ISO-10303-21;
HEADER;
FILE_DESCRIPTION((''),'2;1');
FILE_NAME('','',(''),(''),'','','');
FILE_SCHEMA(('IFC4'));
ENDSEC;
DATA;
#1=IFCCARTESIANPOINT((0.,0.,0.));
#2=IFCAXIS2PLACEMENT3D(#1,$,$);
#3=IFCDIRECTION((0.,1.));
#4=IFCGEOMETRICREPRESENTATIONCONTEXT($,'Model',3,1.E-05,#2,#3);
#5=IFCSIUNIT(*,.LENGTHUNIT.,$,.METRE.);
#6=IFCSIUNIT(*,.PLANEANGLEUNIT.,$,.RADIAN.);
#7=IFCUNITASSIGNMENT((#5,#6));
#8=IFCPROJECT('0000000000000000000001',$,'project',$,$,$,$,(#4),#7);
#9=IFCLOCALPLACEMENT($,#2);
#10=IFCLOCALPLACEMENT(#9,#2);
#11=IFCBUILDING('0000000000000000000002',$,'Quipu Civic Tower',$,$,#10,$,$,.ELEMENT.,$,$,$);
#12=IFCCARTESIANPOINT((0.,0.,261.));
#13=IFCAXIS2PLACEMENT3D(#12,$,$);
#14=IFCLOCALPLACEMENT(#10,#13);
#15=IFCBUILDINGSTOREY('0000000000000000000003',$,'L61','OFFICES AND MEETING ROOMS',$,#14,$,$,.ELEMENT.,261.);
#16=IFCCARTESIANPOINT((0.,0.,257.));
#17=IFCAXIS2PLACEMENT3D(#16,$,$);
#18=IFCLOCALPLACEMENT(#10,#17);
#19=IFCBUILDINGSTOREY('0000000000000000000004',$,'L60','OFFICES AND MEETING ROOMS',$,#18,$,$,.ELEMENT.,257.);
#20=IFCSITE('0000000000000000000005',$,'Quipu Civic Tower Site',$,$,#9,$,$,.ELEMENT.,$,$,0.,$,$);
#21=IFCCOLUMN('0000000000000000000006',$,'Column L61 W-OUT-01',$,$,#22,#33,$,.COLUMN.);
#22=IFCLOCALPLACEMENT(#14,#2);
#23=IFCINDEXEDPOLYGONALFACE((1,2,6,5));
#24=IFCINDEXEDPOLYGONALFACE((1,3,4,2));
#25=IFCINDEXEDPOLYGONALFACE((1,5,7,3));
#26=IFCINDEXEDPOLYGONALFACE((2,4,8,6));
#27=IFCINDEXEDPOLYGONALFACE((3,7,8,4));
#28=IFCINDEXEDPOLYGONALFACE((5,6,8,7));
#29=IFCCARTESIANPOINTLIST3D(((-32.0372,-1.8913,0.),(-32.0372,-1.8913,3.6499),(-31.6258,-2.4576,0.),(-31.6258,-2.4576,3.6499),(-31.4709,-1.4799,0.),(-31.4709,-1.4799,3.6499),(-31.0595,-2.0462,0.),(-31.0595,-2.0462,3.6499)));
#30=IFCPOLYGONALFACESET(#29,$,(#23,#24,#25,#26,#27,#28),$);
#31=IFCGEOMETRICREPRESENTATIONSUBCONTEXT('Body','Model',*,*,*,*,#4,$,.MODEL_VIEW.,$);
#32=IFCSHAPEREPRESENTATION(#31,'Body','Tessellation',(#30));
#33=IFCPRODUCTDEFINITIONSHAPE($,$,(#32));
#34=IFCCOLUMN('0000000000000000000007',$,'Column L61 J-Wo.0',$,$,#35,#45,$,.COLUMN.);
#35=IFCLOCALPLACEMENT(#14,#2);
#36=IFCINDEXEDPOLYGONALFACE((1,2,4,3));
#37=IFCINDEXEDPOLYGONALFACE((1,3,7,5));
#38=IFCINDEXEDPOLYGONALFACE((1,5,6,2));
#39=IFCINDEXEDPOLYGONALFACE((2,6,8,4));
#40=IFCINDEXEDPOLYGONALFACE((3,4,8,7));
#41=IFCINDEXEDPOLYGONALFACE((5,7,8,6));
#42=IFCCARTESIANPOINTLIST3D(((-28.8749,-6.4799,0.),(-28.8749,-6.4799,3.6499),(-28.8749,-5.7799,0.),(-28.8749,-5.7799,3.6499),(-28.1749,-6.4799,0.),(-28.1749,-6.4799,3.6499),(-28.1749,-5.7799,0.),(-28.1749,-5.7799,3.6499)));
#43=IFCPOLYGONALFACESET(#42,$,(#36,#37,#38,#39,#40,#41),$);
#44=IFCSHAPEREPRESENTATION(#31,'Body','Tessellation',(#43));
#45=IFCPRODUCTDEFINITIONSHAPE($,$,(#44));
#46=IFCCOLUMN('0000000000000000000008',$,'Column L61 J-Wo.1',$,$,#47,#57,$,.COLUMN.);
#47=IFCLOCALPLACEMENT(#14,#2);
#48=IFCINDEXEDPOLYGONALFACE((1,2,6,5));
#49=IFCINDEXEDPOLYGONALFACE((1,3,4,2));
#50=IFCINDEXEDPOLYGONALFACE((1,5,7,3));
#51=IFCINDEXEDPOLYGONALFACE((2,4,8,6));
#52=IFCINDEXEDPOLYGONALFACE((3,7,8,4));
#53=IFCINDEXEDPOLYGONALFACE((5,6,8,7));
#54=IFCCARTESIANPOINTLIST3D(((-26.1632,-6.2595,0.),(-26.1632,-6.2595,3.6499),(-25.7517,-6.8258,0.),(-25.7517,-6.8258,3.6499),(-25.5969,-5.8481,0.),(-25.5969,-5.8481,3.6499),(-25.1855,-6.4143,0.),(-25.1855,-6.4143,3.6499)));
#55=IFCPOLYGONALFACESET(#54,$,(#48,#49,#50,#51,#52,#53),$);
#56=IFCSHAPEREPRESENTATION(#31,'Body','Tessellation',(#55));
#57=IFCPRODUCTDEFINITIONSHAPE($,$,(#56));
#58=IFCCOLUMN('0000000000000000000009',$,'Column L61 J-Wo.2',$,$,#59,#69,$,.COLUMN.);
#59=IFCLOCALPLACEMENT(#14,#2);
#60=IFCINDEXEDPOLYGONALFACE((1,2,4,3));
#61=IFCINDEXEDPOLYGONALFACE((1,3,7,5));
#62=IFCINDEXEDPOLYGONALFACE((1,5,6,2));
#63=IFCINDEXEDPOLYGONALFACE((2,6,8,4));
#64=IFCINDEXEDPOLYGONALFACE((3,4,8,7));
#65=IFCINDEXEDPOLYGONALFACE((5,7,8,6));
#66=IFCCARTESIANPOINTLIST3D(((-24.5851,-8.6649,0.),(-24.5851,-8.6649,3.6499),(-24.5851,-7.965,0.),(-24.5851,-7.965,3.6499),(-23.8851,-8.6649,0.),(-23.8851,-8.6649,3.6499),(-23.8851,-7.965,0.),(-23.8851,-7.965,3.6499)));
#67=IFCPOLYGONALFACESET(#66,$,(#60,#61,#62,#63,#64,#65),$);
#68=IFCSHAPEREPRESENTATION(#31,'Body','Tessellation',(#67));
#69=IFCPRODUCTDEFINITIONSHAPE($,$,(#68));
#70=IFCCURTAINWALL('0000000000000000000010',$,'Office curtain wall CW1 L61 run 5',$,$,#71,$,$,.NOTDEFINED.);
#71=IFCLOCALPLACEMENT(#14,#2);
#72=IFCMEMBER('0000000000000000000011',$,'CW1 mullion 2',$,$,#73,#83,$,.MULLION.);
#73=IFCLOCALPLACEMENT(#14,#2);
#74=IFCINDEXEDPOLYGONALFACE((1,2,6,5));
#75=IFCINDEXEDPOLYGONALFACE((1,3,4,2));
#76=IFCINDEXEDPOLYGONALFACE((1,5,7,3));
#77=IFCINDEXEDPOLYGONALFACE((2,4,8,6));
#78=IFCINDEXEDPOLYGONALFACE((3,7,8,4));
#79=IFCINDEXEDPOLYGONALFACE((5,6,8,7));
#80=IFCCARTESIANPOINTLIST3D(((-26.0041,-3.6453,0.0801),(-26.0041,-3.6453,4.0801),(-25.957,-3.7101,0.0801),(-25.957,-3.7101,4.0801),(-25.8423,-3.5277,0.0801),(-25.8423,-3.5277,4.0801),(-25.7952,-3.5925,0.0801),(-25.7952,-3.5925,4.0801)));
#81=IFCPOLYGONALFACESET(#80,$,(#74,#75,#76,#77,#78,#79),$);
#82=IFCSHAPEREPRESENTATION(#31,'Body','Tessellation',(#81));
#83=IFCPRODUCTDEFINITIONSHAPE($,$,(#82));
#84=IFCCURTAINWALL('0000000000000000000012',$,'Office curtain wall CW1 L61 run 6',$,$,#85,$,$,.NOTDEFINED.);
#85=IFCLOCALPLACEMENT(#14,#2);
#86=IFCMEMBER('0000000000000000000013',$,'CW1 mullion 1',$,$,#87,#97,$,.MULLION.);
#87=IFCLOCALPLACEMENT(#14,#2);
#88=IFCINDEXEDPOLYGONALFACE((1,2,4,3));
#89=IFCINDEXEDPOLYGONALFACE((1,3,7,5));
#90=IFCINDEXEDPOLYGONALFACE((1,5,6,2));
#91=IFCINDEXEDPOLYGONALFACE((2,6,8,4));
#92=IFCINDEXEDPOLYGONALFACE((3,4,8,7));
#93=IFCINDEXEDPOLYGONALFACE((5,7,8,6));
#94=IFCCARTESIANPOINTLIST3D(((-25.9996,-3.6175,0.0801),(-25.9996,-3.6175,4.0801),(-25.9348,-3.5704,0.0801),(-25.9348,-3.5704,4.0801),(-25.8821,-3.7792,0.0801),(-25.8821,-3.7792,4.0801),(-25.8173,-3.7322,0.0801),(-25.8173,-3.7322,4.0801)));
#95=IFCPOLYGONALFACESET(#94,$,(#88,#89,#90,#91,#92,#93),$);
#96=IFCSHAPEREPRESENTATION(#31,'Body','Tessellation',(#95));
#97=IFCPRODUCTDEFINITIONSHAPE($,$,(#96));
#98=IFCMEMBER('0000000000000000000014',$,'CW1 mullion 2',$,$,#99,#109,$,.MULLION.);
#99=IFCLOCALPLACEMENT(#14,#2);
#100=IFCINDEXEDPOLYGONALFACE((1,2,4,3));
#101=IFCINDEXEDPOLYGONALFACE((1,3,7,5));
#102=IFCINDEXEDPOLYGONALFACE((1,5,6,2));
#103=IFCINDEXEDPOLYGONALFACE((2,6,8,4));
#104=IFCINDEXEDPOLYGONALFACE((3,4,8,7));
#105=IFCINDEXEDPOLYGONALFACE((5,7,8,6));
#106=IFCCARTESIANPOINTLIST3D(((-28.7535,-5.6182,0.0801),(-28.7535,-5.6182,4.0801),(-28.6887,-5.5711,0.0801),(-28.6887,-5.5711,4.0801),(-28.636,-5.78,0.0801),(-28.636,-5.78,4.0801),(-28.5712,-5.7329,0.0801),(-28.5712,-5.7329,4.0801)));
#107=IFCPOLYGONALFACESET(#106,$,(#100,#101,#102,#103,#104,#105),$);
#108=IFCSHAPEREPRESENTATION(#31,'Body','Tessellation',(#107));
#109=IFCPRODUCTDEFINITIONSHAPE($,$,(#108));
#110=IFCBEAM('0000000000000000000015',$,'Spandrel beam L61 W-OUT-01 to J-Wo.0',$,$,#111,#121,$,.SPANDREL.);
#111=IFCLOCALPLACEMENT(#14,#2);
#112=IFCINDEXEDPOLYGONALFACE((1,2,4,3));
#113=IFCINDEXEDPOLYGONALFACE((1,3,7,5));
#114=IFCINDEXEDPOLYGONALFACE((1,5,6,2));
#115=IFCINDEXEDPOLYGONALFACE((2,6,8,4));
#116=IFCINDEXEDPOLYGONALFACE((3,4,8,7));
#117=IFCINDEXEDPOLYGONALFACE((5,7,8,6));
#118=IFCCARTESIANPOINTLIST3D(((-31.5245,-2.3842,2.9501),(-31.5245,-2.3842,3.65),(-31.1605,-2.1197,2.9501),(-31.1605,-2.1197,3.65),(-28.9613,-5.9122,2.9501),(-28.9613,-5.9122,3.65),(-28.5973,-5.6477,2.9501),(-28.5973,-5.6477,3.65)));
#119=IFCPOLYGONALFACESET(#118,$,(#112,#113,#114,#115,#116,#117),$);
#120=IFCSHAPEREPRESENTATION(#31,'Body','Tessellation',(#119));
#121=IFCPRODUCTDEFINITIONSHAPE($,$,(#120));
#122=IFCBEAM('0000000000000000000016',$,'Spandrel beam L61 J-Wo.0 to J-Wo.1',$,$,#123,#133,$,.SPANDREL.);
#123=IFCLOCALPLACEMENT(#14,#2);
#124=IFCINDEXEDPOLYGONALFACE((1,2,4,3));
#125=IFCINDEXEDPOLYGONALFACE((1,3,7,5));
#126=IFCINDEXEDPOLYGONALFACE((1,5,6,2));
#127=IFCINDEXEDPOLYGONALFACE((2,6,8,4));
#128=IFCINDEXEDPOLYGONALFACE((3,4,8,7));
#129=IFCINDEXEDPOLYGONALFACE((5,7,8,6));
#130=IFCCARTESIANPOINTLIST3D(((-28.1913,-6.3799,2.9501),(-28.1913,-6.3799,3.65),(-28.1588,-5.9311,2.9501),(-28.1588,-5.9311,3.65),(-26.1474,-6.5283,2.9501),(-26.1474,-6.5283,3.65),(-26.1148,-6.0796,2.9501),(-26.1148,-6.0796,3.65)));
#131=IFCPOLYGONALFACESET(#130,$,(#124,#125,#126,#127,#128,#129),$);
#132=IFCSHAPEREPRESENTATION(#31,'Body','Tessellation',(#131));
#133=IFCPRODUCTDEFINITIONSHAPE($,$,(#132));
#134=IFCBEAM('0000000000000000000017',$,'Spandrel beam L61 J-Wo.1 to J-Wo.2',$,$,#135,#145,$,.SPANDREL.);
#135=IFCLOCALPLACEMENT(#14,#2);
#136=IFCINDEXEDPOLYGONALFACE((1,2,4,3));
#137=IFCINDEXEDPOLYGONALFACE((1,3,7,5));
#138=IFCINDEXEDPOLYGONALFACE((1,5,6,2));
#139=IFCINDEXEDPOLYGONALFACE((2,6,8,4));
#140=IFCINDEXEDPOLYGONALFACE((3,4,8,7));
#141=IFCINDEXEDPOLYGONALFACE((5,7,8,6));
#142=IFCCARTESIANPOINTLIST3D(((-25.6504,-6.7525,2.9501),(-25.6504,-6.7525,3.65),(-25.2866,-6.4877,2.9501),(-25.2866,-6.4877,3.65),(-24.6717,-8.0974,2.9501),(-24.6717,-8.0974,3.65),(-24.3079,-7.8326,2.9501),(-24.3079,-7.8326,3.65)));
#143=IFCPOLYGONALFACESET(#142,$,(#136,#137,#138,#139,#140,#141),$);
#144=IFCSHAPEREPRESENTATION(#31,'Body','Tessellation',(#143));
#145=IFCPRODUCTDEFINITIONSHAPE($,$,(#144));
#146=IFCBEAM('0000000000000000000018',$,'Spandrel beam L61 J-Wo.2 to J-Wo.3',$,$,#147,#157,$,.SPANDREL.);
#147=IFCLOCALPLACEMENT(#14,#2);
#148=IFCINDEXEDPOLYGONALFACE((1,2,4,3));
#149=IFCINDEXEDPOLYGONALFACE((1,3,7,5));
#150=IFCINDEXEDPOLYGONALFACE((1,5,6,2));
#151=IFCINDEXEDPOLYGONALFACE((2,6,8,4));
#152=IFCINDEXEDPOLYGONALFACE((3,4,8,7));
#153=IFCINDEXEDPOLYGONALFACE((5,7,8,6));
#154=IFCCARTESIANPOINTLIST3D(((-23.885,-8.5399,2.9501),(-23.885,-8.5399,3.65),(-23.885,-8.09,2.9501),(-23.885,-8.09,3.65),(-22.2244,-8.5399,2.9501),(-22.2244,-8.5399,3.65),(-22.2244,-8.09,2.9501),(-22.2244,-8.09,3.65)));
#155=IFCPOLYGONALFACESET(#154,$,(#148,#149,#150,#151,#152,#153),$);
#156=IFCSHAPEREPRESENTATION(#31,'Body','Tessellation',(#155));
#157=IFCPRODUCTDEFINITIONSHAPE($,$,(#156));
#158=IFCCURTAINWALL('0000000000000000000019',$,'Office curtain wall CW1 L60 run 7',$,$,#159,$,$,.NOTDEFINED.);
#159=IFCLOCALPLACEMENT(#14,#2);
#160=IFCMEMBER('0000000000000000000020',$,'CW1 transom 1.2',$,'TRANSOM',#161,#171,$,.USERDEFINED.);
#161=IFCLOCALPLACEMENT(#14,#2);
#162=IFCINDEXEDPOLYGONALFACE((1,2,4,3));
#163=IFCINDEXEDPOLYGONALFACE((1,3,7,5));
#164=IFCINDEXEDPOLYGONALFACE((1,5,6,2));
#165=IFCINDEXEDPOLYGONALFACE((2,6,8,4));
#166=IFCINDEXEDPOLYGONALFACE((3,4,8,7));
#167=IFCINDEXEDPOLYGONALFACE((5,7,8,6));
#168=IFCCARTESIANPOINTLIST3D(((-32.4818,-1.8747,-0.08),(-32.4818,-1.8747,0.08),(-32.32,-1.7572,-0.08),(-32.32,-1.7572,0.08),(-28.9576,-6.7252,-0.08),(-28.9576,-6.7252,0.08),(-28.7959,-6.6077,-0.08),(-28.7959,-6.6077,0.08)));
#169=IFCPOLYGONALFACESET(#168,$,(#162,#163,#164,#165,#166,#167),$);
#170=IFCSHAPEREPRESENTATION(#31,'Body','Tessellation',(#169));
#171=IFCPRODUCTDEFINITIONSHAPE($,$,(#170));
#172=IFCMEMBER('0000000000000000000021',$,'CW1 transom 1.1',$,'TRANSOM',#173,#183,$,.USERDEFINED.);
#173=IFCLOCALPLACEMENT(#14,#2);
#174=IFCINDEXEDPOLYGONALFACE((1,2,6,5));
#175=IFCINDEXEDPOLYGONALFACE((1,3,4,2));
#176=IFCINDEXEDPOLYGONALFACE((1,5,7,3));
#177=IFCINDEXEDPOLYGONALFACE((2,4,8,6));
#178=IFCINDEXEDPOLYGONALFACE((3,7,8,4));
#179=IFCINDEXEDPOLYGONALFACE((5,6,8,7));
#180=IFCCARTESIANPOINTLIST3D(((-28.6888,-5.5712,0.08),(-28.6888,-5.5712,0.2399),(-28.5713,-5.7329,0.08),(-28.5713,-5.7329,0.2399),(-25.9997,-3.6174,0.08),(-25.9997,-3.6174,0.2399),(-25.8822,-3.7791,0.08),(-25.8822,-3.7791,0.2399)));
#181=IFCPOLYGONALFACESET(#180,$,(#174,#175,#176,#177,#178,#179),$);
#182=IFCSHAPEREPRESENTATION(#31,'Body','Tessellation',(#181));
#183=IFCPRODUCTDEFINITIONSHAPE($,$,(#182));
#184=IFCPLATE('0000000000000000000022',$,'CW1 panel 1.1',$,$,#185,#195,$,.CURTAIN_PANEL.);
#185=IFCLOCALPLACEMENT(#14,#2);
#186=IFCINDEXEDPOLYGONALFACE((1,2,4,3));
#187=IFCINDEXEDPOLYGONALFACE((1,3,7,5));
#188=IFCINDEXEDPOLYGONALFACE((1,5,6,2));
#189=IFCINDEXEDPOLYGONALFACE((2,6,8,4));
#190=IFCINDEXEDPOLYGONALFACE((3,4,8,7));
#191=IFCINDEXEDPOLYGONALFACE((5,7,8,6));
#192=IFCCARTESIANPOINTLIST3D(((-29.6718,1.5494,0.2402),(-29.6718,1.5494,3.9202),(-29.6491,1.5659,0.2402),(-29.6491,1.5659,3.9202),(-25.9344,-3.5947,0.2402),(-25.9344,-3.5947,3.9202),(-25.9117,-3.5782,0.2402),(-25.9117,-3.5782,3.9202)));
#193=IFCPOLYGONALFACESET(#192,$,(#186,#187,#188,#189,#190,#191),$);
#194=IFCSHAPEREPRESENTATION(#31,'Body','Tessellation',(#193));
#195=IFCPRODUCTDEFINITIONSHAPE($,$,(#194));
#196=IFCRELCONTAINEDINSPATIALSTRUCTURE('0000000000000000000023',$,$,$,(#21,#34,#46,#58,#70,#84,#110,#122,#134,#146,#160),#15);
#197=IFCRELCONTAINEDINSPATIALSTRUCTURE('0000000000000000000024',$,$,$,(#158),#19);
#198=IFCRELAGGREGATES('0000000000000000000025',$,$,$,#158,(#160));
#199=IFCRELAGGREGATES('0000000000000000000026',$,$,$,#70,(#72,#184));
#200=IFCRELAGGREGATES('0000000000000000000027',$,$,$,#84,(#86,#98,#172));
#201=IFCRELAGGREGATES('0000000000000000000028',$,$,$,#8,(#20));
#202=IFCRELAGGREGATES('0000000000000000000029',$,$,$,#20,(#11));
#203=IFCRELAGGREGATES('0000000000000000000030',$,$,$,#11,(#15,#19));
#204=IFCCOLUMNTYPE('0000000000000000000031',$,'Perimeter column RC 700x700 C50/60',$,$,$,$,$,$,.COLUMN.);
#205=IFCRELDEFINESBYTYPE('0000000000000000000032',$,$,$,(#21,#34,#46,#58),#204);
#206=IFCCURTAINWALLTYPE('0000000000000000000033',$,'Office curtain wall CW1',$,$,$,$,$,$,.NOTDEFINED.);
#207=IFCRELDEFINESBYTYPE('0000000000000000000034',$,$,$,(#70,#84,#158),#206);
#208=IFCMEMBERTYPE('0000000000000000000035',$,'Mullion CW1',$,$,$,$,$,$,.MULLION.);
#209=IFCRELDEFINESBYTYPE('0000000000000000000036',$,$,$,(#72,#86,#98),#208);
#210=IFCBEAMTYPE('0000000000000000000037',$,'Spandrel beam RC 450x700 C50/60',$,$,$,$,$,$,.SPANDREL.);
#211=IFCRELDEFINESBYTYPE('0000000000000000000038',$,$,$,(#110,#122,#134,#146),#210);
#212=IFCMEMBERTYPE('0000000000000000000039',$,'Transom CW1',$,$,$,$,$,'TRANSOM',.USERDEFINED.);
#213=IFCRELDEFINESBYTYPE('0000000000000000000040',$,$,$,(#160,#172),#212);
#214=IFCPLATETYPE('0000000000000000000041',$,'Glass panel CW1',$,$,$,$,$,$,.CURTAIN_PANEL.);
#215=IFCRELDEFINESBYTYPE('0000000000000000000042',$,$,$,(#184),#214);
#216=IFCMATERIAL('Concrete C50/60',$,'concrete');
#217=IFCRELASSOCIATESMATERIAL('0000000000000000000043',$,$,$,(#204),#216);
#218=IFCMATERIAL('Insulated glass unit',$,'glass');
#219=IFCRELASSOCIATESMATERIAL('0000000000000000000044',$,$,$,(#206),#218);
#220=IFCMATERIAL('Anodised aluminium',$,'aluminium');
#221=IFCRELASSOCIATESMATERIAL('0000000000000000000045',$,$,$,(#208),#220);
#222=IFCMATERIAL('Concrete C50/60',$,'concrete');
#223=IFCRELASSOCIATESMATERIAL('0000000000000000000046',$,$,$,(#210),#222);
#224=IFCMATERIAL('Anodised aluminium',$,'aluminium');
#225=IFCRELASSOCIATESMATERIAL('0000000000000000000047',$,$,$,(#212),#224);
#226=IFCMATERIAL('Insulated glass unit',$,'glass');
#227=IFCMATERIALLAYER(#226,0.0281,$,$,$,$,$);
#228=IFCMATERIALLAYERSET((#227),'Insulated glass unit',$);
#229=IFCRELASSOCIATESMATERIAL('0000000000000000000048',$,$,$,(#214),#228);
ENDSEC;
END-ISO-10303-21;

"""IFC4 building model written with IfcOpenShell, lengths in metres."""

from ifc_helpers import new_model, si_unit, direction, frame, origin, origin_2d, place, context, subcontext, project, spatial, rectangle, extrude, material, layer, layer_set, material_profile, profile_set, type_object, element, aggregate, save


model = new_model("IFC4")

# Units and contexts
model_context = context("Model", 3, precision=1e-05, world=origin(), true_north=direction((0.0, 1.0)))
body_context = subcontext(model_context, "Body", "Model", "MODEL_VIEW")
ifc_project = project(units=[si_unit("LENGTHUNIT", "METRE"), si_unit("PLANEANGLEUNIT", "RADIAN")], contexts=[model_context])

# Site, building, storey
site_placement = place(None, origin())
site = spatial("IfcSite", under=ifc_project, at=site_placement, Name="Quipu Civic Tower Site", CompositionType="ELEMENT", RefElevation=0.0)
building_placement = place(site_placement, origin())
building = spatial("IfcBuilding", under=site, at=building_placement, Name="Quipu Civic Tower", CompositionType="ELEMENT")
storey_1_placement = place(building_placement, frame((0.0, 0.0, 261.0)))
storey_1 = spatial("IfcBuildingStorey", under=building, at=storey_1_placement, Name="L61", Description="OFFICES AND MEETING ROOMS", CompositionType="ELEMENT", Elevation=261.0)

# Columns
ifc_material_1 = material(Name="Concrete C50/60", Category="concrete")
ifc_material_profile_1 = material_profile(ifc_material_1, rectangle(XDim=0.7, YDim=0.7, at=origin_2d()), Name="RC700x700")
ifc_profile_set_1 = profile_set([ifc_material_profile_1], Name="Concrete C50/60")
column_type = type_object("IfcColumnType", Name="Perimeter column RC 700x700 C50/60", PredefinedType="COLUMN", material=ifc_profile_set_1)
for number, where, z_axis, x_axis, name in (
    (1, (-31.5483, -1.9688, 0.0), (0.0, 0.0, 1.0), (0.587785, -0.809017, 0.0), "Column L61 W-OUT-01"),
    (2, (-28.5249, -6.1299, 0.0), (0.0, 0.0, 1.0), (1.0, 0.0, 0.0), "Column L61 J-Wo.0"),
    (3, (-25.6743, -6.3369, 0.0), (0.0, 0.0, 1.0), (0.587785, -0.809017, 0.0), "Column L61 J-Wo.1"),
    (4, (-24.2351, -8.3149, 0.0), (0.0, 0.0, 1.0), (1.0, 0.0, 0.0), "Column L61 J-Wo.2"),
):
    element("IfcColumn", number, at=place(storey_1_placement, frame(where, z_axis=z_axis, x_axis=x_axis)), inside=storey_1, type_object=column_type, Name=name, PredefinedType="COLUMN", context=body_context, shape_type="SweptSolid", body=[
        extrude(rectangle(XDim=0.7, YDim=0.7, at=origin_2d()), origin(), (0.0, 0.0, 1.0), 3.6499),
    ])

# Curtain wall, member
ifc_material_2 = material(Name="Insulated glass unit", Category="glass")
curtain_wall_type = type_object("IfcCurtainWallType", Name="Office curtain wall CW1", PredefinedType="NOTDEFINED", material=ifc_material_2)
curtain_wall_1_placement = place(storey_1_placement, origin())
curtain_wall_1 = element("IfcCurtainWall", 5, at=curtain_wall_1_placement, inside=storey_1, type_object=curtain_wall_type, Name="Office curtain wall CW1 L61 run 5", PredefinedType="NOTDEFINED")
ifc_material_3 = material(Name="Anodised aluminium", Category="aluminium")
ifc_material_profile_2 = material_profile(ifc_material_3, rectangle(XDim=0.2, YDim=0.0801, at=origin_2d()), Name="RECT 200x80")
ifc_profile_set_2 = profile_set([ifc_material_profile_2], Name="Anodised aluminium")
member_type_1 = type_object("IfcMemberType", Name="Mullion CW1", PredefinedType="MULLION", material=ifc_profile_set_2)
member_1_placement = place(storey_1_placement, frame((-25.8997, -3.6189, 0.0801), z_axis=(0.0, 0.0, 1.0), x_axis=(0.809011, 0.587793, 0.0)))
member_1 = element("IfcMember", 6, at=member_1_placement, type_object=member_type_1, Name="CW1 mullion 2", PredefinedType="MULLION", context=body_context, shape_type="SweptSolid", body=[
    extrude(rectangle(XDim=0.2, YDim=0.0801, at=origin_2d()), origin(), (0.0, 0.0, 1.0), 4.0),
])

# Curtain wall, members
curtain_wall_2_placement = place(storey_1_placement, origin())
curtain_wall_2 = element("IfcCurtainWall", 7, at=curtain_wall_2_placement, inside=storey_1, type_object=curtain_wall_type, Name="Office curtain wall CW1 L61 run 6", PredefinedType="NOTDEFINED")
member_2_placement = place(storey_1_placement, frame((-25.9084, -3.6748, 0.0801), z_axis=(0.0, 0.0, 1.0), x_axis=(0.587784, -0.809018, 0.0)))
member_2 = element("IfcMember", 8, at=member_2_placement, type_object=member_type_1, Name="CW1 mullion 1", PredefinedType="MULLION", context=body_context, shape_type="SweptSolid", body=[
    extrude(rectangle(XDim=0.2, YDim=0.0801, at=origin_2d()), origin(), (0.0, 0.0, 1.0), 4.0),
])
member_3_placement = place(storey_1_placement, frame((-28.6624, -5.6755, 0.0801), z_axis=(0.0, 0.0, 1.0), x_axis=(0.587784, -0.809018, 0.0)))
member_3 = element("IfcMember", 9, at=member_3_placement, type_object=member_type_1, Name="CW1 mullion 2", PredefinedType="MULLION", context=body_context, shape_type="SweptSolid", body=[
    extrude(rectangle(XDim=0.2, YDim=0.0801, at=origin_2d()), origin(), (0.0, 0.0, 1.0), 4.0),
])

# Beams
ifc_material_4 = material(Name="Concrete C50/60", Category="concrete")
ifc_material_profile_3 = material_profile(ifc_material_4, rectangle(XDim=0.45, YDim=0.7, at=origin_2d()), Name="RC450x700")
ifc_profile_set_3 = profile_set([ifc_material_profile_3], Name="Concrete C50/60")
beam_type = type_object("IfcBeamType", Name="Spandrel beam RC 450x700 C50/60", PredefinedType="SPANDREL", material=ifc_profile_set_3)
beam_1_placement = place(storey_1_placement, frame((-31.3425, -2.252, 3.3), z_axis=(0.587776, -0.809024, 0.0), x_axis=(0.809024, 0.587776, 0.0)))
element("IfcBeam", 10, at=beam_1_placement, inside=storey_1, type_object=beam_type, Name="Spandrel beam L61 W-OUT-01 to J-Wo.0", PredefinedType="SPANDREL", context=body_context, shape_type="SweptSolid", body=[
    extrude(rectangle(XDim=0.45, YDim=0.7, at=origin_2d()), origin(), (0.0, 0.0, 1.0), 4.3608),
])
beam_2_placement = place(storey_1_placement, frame((-28.175, -6.1555, 3.3), z_axis=(0.997373, -0.072432, 0.0), x_axis=(0.072432, 0.997373, 0.0)))
element("IfcBeam", 11, at=beam_2_placement, inside=storey_1, type_object=beam_type, Name="Spandrel beam L61 J-Wo.0 to J-Wo.1", PredefinedType="SPANDREL", context=body_context, shape_type="SweptSolid", body=[
    extrude(rectangle(XDim=0.45, YDim=0.7, at=origin_2d()), origin(), (0.0, 0.0, 1.0), 2.0493),
])
beam_3_placement = place(storey_1_placement, frame((-25.4685, -6.6201, 3.3), z_axis=(0.588407, -0.808565, 0.0), x_axis=(0.808565, 0.588407, 0.0)))
element("IfcBeam", 12, at=beam_3_placement, inside=storey_1, type_object=beam_type, Name="Spandrel beam L61 J-Wo.1 to J-Wo.2", PredefinedType="SPANDREL", context=body_context, shape_type="SweptSolid", body=[
    extrude(rectangle(XDim=0.45, YDim=0.7, at=origin_2d()), origin(), (0.0, 0.0, 1.0), 1.6633),
])
beam_4_placement = place(storey_1_placement, frame((-23.885, -8.3149, 3.3), z_axis=(1.0, 0.0, 0.0), x_axis=(0.0, 1.0, 0.0)))
element("IfcBeam", 13, at=beam_4_placement, inside=storey_1, type_object=beam_type, Name="Spandrel beam L61 J-Wo.2 to J-Wo.3", PredefinedType="SPANDREL", context=body_context, shape_type="SweptSolid", body=[
    extrude(rectangle(XDim=0.45, YDim=0.7, at=origin_2d()), origin(), (0.0, 0.0, 1.0), 1.6606),
])

# Shared definitions
storey_2_placement = place(building_placement, frame((0.0, 0.0, 257.0)))
storey_2 = spatial("IfcBuildingStorey", under=building, at=storey_2_placement, Name="L60", Description="OFFICES AND MEETING ROOMS", CompositionType="ELEMENT", Elevation=257.0)

# Curtain wall, member
curtain_wall_3_placement = place(storey_2_placement, origin())
curtain_wall_3 = element("IfcCurtainWall", 14, at=curtain_wall_3_placement, inside=storey_2, type_object=curtain_wall_type, Name="Office curtain wall CW1 L60 run 7", PredefinedType="NOTDEFINED")
ifc_material_5 = material(Name="Anodised aluminium", Category="aluminium")
ifc_material_profile_4 = material_profile(ifc_material_5, rectangle(XDim=0.2, YDim=0.1599, at=origin_2d()), Name="RECT 200x160")
ifc_profile_set_4 = profile_set([ifc_material_profile_4], Name="Anodised aluminium")
member_type_2 = type_object("IfcMemberType", Name="Transom CW1", ElementType="TRANSOM", PredefinedType="USERDEFINED", material=ifc_profile_set_4)
member_4_placement = place(storey_1_placement, frame((-32.4009, -1.8159, 0.0), z_axis=(0.587787, -0.809016, 0.0), x_axis=(0.809016, 0.587787, 0.0)))
member_4 = element("IfcMember", 15, at=member_4_placement, inside=storey_1, type_object=member_type_2, Name="CW1 transom 1.2", ObjectType="TRANSOM", PredefinedType="USERDEFINED", context=body_context, shape_type="SweptSolid", body=[
    extrude(rectangle(XDim=0.2, YDim=0.1599, at=origin_2d()), origin(), (0.0, 0.0, 1.0), 5.9956),
])
aggregate(curtain_wall_3, [member_4])

# Member
member_5_placement = place(storey_1_placement, frame((-25.9409, -3.6982, 0.1599), z_axis=(-0.809012, -0.587792, 0.0), x_axis=(0.587792, -0.809012, 0.0)))
member_5 = element("IfcMember", 16, at=member_5_placement, type_object=member_type_2, Name="CW1 transom 1.1", ObjectType="TRANSOM", PredefinedType="USERDEFINED", context=body_context, shape_type="SweptSolid", body=[
    extrude(rectangle(XDim=0.2, YDim=0.1599, at=origin_2d()), origin(), (0.0, 0.0, 1.0), 3.324),
])

# Plate
ifc_material_6 = material(Name="Insulated glass unit", Category="glass")
ifc_layer = layer(ifc_material_6, 0.0281)
ifc_layer_set = layer_set([ifc_layer], Name="Insulated glass unit")
plate_type_1 = type_object("IfcPlateType", Name="Glass panel CW1", PredefinedType="CURTAIN_PANEL", material=ifc_layer_set)
plate_1_placement = place(storey_1_placement, frame((-27.7917, -1.0144, 0.2402), z_axis=(0.0, 0.0, 1.0), x_axis=(0.587793, -0.809011, 0.0)))
plate_1 = element("IfcPlate", 17, at=plate_1_placement, type_object=plate_type_1, Name="CW1 panel 1.1", PredefinedType="CURTAIN_PANEL", context=body_context, shape_type="SweptSolid", body=[
    extrude(rectangle(XDim=6.3584, YDim=0.0281, at=origin_2d()), origin(), (0.0, 0.0, 1.0), 3.6799),
])
aggregate(curtain_wall_1, [member_1, plate_1])
aggregate(curtain_wall_2, [member_2, member_3, member_5])

save(model, "model.ifc")
